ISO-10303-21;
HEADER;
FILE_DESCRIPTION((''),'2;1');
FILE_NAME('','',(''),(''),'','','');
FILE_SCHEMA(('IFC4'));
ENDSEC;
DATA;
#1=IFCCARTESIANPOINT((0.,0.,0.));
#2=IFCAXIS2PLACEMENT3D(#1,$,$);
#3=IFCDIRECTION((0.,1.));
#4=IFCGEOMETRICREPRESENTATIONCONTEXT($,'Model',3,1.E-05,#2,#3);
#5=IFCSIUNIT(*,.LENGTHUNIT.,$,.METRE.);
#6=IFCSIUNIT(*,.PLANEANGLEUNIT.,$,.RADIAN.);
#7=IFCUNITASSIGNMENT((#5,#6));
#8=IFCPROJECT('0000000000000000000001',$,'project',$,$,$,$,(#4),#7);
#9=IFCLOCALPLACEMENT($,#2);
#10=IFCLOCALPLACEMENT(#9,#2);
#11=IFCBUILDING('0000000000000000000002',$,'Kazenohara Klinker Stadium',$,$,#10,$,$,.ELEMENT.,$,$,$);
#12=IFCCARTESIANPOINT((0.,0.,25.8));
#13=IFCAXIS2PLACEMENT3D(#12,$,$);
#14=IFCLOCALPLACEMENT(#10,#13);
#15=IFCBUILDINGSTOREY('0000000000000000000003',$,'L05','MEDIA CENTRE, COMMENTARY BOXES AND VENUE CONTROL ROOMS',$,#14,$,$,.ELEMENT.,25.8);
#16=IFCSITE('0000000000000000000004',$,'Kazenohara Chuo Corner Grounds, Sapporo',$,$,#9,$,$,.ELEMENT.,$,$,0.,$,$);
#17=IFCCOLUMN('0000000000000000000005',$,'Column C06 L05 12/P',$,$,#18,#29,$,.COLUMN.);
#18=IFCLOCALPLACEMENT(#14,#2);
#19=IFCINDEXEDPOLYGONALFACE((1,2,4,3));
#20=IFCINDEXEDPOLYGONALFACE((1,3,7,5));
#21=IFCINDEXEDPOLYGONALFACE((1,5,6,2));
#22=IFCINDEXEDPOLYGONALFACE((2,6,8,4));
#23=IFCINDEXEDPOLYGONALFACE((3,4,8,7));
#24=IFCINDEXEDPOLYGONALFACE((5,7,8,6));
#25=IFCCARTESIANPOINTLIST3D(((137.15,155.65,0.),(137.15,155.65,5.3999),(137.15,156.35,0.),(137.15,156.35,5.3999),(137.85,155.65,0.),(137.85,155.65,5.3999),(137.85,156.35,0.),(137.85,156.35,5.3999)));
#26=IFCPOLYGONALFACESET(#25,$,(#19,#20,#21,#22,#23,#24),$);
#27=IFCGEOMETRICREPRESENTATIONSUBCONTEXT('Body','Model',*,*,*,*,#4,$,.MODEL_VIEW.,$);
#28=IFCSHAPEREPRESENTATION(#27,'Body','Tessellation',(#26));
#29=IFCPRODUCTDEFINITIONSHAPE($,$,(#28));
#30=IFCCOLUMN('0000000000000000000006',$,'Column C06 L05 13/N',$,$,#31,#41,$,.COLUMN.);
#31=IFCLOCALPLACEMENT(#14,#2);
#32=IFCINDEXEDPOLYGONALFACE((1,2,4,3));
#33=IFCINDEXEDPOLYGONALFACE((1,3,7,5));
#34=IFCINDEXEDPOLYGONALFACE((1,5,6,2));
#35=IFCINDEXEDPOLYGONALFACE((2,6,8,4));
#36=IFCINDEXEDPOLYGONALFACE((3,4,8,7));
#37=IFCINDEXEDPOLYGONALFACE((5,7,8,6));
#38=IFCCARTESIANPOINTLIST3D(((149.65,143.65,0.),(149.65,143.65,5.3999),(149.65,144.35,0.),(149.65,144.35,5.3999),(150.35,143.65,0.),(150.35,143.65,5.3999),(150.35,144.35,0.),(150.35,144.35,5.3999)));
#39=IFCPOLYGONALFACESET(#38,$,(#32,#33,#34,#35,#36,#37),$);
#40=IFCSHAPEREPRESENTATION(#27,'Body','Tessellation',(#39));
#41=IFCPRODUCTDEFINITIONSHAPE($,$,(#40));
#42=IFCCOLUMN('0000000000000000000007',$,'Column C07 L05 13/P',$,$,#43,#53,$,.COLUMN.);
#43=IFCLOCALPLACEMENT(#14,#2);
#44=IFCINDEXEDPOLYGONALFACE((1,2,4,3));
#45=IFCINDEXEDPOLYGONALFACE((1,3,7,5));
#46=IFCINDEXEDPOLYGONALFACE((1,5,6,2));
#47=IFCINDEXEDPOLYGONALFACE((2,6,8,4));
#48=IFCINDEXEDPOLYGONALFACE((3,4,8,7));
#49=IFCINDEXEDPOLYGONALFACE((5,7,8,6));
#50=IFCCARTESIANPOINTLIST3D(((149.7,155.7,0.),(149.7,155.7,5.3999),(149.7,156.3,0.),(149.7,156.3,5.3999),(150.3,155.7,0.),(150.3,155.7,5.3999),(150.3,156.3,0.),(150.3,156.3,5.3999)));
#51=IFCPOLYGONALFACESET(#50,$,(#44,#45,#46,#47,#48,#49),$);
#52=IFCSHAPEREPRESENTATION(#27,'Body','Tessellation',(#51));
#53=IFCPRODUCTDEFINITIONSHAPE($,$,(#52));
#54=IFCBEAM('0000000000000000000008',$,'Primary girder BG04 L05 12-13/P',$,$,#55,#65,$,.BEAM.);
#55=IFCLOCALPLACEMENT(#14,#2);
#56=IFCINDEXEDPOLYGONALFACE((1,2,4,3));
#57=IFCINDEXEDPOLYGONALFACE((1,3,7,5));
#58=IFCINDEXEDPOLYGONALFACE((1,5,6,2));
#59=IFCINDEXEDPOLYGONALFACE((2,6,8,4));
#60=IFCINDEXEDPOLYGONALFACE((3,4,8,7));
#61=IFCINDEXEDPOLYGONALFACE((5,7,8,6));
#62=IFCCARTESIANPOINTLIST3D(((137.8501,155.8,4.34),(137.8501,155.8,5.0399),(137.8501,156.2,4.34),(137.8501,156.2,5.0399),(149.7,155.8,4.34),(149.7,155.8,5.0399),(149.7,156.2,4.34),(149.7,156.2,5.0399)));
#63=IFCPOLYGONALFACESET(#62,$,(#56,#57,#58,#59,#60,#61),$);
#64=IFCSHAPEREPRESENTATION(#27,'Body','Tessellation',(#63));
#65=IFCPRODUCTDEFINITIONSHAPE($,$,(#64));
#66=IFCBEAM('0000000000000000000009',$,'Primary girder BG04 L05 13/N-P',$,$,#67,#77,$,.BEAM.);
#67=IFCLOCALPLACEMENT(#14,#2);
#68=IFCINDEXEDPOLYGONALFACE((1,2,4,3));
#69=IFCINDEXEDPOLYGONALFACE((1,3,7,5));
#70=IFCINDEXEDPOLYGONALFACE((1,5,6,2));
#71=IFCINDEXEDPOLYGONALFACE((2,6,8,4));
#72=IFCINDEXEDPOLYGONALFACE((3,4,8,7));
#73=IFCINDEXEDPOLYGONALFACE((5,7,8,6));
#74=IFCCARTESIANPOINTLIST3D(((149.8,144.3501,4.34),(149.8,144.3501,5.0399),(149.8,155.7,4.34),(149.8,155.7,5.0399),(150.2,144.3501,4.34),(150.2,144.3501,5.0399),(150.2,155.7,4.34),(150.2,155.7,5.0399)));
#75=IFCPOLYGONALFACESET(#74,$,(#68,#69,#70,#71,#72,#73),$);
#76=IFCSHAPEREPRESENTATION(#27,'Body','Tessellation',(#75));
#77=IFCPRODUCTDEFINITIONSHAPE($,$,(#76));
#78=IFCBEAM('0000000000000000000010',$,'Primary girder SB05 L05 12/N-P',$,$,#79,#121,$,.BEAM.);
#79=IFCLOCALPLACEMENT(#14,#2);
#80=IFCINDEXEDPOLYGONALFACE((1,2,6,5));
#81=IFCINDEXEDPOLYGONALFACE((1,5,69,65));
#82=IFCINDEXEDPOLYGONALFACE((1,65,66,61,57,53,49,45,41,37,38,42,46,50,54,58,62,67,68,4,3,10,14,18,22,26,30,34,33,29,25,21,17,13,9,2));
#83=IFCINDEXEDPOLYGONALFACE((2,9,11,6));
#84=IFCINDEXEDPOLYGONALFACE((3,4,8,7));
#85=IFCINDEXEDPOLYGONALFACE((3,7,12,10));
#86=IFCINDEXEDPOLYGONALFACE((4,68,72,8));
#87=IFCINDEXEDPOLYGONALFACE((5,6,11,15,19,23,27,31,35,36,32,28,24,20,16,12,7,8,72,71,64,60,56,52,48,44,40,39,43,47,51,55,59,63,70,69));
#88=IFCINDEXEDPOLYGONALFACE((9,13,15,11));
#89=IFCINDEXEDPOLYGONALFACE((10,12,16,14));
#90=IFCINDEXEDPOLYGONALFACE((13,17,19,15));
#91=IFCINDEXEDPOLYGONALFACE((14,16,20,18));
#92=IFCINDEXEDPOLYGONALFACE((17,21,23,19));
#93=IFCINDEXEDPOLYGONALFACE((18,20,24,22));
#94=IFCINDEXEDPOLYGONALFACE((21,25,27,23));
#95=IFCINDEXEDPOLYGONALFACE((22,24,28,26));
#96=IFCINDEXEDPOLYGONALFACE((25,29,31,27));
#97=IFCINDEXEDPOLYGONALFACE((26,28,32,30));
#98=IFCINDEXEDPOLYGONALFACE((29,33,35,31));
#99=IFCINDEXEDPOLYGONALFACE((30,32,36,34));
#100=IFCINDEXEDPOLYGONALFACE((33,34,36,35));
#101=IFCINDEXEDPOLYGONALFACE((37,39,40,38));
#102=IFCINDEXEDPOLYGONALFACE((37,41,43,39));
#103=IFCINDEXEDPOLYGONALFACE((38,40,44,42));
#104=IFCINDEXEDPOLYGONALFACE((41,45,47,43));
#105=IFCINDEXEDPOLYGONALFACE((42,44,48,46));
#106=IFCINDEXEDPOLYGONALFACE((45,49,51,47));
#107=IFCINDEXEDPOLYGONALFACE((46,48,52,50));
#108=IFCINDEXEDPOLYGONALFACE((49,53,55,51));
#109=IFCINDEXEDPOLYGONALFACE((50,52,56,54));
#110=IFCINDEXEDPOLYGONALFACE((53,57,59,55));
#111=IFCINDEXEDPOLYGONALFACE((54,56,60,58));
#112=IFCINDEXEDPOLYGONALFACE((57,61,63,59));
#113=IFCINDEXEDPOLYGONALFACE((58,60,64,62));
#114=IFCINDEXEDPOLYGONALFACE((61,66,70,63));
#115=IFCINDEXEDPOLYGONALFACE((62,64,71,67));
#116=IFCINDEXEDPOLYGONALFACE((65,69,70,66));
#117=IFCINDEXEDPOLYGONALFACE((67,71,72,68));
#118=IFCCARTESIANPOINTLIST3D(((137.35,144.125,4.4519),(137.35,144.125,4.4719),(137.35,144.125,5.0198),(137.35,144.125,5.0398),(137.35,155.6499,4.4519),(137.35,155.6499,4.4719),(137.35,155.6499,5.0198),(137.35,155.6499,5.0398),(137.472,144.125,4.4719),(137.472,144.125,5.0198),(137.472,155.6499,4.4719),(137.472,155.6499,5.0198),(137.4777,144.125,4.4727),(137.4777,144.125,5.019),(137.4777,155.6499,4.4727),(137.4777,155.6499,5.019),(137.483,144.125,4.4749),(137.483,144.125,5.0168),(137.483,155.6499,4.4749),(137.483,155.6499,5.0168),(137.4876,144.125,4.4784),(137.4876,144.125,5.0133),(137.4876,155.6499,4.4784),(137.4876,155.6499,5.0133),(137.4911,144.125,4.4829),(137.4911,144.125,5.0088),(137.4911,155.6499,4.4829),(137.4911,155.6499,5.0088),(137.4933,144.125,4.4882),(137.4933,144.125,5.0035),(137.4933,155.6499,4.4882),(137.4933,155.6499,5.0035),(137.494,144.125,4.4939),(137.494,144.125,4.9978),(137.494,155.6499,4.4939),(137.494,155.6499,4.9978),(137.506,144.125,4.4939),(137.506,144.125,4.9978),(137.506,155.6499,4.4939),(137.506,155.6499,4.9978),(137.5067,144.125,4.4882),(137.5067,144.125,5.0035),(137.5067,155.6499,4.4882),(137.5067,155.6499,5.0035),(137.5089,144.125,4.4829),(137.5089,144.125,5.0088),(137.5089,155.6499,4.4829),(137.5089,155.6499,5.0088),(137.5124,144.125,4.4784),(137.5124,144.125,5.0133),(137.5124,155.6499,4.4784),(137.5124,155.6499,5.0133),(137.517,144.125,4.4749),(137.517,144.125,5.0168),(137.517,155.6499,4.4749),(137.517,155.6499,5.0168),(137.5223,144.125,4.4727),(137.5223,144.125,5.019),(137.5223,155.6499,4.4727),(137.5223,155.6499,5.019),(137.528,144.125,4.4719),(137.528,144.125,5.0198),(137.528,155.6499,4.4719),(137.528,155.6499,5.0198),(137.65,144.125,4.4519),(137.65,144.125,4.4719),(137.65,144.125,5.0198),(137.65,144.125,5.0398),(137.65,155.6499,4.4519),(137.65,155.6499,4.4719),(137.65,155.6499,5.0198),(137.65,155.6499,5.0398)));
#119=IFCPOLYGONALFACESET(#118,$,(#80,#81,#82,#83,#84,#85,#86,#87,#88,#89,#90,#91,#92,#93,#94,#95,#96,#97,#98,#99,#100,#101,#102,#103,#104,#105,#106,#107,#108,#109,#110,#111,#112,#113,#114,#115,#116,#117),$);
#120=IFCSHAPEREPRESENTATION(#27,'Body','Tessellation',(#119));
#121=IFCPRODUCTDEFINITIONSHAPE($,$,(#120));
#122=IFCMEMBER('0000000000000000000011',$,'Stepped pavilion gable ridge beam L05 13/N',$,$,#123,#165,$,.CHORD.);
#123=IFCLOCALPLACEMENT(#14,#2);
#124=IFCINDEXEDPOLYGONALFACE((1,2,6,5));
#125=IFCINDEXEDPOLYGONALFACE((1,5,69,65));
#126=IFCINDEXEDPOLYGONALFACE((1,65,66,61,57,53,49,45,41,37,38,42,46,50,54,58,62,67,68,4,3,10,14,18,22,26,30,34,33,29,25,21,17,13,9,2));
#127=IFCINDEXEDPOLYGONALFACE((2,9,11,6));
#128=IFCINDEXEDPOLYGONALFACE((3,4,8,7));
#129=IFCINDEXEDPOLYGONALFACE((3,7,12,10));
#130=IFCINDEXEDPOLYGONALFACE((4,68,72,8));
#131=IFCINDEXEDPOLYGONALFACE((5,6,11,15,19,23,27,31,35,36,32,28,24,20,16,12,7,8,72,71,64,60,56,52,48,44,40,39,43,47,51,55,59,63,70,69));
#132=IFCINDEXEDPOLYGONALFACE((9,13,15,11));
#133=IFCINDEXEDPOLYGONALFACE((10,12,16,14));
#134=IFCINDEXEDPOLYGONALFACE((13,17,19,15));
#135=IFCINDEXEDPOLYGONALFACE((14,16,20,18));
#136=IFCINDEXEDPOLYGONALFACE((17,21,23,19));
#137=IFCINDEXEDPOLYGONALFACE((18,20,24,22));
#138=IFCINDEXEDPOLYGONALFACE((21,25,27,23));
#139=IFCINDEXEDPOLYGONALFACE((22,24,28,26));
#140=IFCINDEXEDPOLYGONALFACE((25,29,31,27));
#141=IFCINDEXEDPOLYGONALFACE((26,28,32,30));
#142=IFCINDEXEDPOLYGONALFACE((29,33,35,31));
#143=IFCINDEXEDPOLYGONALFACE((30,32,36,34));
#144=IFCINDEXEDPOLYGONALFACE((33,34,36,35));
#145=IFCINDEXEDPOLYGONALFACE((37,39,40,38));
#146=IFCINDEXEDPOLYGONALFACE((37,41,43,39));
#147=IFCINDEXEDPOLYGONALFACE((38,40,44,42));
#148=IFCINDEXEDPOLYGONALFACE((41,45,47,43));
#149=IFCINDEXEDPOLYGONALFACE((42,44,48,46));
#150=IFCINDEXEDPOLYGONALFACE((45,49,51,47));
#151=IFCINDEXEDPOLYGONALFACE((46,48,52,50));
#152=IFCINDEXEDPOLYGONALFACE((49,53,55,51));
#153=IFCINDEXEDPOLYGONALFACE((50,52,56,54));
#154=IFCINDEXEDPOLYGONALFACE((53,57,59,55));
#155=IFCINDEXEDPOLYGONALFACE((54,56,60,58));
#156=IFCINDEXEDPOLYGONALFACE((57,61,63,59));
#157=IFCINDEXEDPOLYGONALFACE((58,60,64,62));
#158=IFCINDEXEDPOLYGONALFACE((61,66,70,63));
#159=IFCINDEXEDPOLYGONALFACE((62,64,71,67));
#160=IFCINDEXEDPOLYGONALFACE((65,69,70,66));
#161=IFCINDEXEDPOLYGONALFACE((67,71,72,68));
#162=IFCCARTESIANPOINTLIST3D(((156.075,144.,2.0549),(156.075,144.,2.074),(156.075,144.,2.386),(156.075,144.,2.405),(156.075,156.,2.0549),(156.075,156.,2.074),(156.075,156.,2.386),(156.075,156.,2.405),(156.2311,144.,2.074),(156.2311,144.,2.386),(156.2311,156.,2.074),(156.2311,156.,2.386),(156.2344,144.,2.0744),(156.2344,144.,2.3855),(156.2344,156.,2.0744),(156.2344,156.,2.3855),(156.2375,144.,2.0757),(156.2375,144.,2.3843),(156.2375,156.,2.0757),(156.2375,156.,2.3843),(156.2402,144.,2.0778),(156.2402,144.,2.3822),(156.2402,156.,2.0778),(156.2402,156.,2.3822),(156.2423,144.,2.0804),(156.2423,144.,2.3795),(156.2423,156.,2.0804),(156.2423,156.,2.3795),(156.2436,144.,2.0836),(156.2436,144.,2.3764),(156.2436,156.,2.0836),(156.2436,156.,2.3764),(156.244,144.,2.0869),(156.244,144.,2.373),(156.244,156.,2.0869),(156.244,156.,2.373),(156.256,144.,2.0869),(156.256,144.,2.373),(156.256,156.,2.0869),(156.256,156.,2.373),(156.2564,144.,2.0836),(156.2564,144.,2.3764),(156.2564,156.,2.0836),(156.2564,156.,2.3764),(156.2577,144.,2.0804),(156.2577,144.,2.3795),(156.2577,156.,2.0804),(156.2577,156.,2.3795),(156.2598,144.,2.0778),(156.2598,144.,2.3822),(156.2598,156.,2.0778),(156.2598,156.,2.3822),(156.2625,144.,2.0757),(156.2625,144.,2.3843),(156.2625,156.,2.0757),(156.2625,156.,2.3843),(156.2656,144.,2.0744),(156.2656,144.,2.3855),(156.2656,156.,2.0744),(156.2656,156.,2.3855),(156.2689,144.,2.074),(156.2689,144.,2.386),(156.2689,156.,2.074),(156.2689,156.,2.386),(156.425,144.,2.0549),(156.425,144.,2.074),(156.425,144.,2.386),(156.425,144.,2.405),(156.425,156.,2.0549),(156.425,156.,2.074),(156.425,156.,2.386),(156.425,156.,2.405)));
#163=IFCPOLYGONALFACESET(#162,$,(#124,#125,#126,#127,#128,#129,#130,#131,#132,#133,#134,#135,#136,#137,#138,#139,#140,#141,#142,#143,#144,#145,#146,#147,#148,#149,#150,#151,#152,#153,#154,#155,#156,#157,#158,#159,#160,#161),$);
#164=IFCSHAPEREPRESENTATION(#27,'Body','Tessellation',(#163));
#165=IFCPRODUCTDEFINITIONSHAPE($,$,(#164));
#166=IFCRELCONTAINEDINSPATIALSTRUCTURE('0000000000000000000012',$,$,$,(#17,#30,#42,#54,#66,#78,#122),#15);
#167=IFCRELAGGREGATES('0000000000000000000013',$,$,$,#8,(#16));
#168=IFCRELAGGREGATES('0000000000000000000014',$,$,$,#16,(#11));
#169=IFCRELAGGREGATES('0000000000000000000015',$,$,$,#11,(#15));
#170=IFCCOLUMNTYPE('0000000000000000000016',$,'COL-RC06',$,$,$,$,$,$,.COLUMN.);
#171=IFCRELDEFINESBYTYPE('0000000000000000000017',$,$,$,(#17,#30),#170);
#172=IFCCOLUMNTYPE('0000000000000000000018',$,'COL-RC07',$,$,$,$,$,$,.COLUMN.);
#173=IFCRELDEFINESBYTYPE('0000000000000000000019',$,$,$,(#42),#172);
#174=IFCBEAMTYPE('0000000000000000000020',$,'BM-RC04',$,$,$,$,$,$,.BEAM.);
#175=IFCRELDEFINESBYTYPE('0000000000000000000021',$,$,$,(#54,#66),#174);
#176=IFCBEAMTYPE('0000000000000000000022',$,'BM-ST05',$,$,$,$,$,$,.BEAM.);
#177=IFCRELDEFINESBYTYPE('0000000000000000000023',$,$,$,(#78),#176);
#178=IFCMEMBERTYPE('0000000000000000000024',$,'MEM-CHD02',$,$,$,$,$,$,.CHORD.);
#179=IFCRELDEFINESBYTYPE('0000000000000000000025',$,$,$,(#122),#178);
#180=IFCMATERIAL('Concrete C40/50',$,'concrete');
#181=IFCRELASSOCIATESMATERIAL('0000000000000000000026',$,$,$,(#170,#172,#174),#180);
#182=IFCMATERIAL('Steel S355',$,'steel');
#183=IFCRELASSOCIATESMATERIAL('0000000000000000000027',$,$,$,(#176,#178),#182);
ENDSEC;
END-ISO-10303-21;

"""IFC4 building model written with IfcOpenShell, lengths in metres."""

from ifc_helpers import new_model, si_unit, direction, frame, origin, origin_2d, place, context, subcontext, project, spatial, rectangle, i_section, extrude, material, material_profile, profile_set, type_object, element, save


model = new_model("IFC4")

# Units and contexts
model_context = context("Model", 3, precision=1e-05, world=origin(), true_north=direction((0.0, 1.0)))
body_context = subcontext(model_context, "Body", "Model", "MODEL_VIEW")
ifc_project = project(units=[si_unit("LENGTHUNIT", "METRE"), si_unit("PLANEANGLEUNIT", "RADIAN")], contexts=[model_context])

# Site, building, storey
site_placement = place(None, origin())
site = spatial("IfcSite", under=ifc_project, at=site_placement, Name="Kazenohara Chuo Corner Grounds, Sapporo", CompositionType="ELEMENT", RefElevation=0.0)
building_placement = place(site_placement, origin())
building = spatial("IfcBuilding", under=site, at=building_placement, Name="Kazenohara Klinker Stadium", CompositionType="ELEMENT")
storey_placement = place(building_placement, frame((0.0, 0.0, 25.8)))
storey = spatial("IfcBuildingStorey", under=building, at=storey_placement, Name="L05", Description="MEDIA CENTRE, COMMENTARY BOXES AND VENUE CONTROL ROOMS", CompositionType="ELEMENT", Elevation=25.8)

# Columns
ifc_material_1 = material(Name="Concrete C40/50", Category="concrete")
ifc_material_profile_1 = material_profile(ifc_material_1, rectangle(XDim=0.7, YDim=0.7, at=origin_2d()), Name="RC-COL-700x700")
ifc_profile_set_1 = profile_set([ifc_material_profile_1], Name="Concrete C40/50")
column_type_1 = type_object("IfcColumnType", Name="COL-RC06", PredefinedType="COLUMN", material=ifc_profile_set_1)
for number, where, z_axis, x_axis, name in (
    (1, (137.5, 156.0, 0.0), (0.0, 0.0, 1.0), (1.0, 0.0, 0.0), "Column C06 L05 12/P"),
    (2, (150.0, 144.0, 0.0), (0.0, 0.0, 1.0), (1.0, 0.0, 0.0), "Column C06 L05 13/N"),
):
    element("IfcColumn", number, at=place(storey_placement, frame(where, z_axis=z_axis, x_axis=x_axis)), inside=storey, type_object=column_type_1, Name=name, PredefinedType="COLUMN", context=body_context, shape_type="SweptSolid", body=[
        extrude(rectangle(XDim=0.7, YDim=0.7, at=origin_2d()), origin(), (0.0, 0.0, 1.0), 5.3999),
    ])
ifc_material_profile_2 = material_profile(ifc_material_1, rectangle(XDim=0.6001, YDim=0.6001, at=origin_2d()), Name="RC-COL-600x600")
ifc_profile_set_2 = profile_set([ifc_material_profile_2], Name="Concrete C40/50")
column_type_2 = type_object("IfcColumnType", Name="COL-RC07", PredefinedType="COLUMN", material=ifc_profile_set_2)
column_placement = place(storey_placement, frame((150.0, 156.0, 0.0), z_axis=(0.0, 0.0, 1.0), x_axis=(1.0, 0.0, 0.0)))
element("IfcColumn", 3, at=column_placement, inside=storey, type_object=column_type_2, Name="Column C07 L05 13/P", PredefinedType="COLUMN", context=body_context, shape_type="SweptSolid", body=[
    extrude(rectangle(XDim=0.6001, YDim=0.6001, at=origin_2d()), origin(), (0.0, 0.0, 1.0), 5.3999),
])

# Beams
ifc_material_profile_3 = material_profile(ifc_material_1, rectangle(XDim=0.3999, YDim=0.7, at=origin_2d()), Name="RC-BM-400x700")
ifc_profile_set_3 = profile_set([ifc_material_profile_3], Name="Concrete C40/50")
beam_type_1 = type_object("IfcBeamType", Name="BM-RC04", PredefinedType="BEAM", material=ifc_profile_set_3)
beam_1_placement = place(storey_placement, frame((137.8501, 156.0, 4.6899), z_axis=(1.0, 0.0, 0.0), x_axis=(0.0, 1.0, 0.0)))
element("IfcBeam", 4, at=beam_1_placement, inside=storey, type_object=beam_type_1, Name="Primary girder BG04 L05 12-13/P", PredefinedType="BEAM", context=body_context, shape_type="SweptSolid", body=[
    extrude(rectangle(XDim=0.3999, YDim=0.7, at=origin_2d()), origin(), (0.0, 0.0, 1.0), 11.8499),
])
beam_2_placement = place(storey_placement, frame((150.0, 144.3501, 4.6899), z_axis=(0.0, 1.0, 0.0), x_axis=(-1.0, 0.0, 0.0)))
element("IfcBeam", 5, at=beam_2_placement, inside=storey, type_object=beam_type_1, Name="Primary girder BG04 L05 13/N-P", PredefinedType="BEAM", context=body_context, shape_type="SweptSolid", body=[
    extrude(rectangle(XDim=0.3999, YDim=0.7, at=origin_2d()), origin(), (0.0, 0.0, 1.0), 11.3499),
])
ifc_material_2 = material(Name="Steel S355", Category="steel")
ifc_material_profile_4 = material_profile(ifc_material_2, i_section(OverallWidth=0.3, OverallDepth=0.5879, WebThickness=0.012, FlangeThickness=0.02, FilletRadius=0.022, at=origin_2d()), Name="H-588x300x12x20")
ifc_profile_set_4 = profile_set([ifc_material_profile_4], Name="Steel S355")
beam_type_2 = type_object("IfcBeamType", Name="BM-ST05", PredefinedType="BEAM", material=ifc_profile_set_4)
beam_3_placement = place(storey_placement, frame((137.5, 144.125, 4.7458), z_axis=(0.0, 1.0, 0.0), x_axis=(-1.0, 0.0, 0.0)))
element("IfcBeam", 6, at=beam_3_placement, inside=storey, type_object=beam_type_2, Name="Primary girder SB05 L05 12/N-P", PredefinedType="BEAM", context=body_context, shape_type="SweptSolid", body=[
    extrude(i_section(OverallWidth=0.3, OverallDepth=0.5879, WebThickness=0.012, FlangeThickness=0.02, FilletRadius=0.022, at=origin_2d()), origin(), (0.0, 0.0, 1.0), 11.5249),
])

# Member
ifc_material_profile_5 = material_profile(ifc_material_2, i_section(OverallWidth=0.3501, OverallDepth=0.3501, WebThickness=0.012, FlangeThickness=0.019, FilletRadius=0.0129, at=origin_2d()), Name="H-350x350x12x19")
ifc_profile_set_5 = profile_set([ifc_material_profile_5], Name="Steel S355")
member_type_1 = type_object("IfcMemberType", Name="MEM-CHD02", PredefinedType="CHORD", material=ifc_profile_set_5)
for number, where, z_axis, x_axis, name in (
    (7, (156.25, 144.0, 2.23), (0.0, 1.0, 0.0), (-1.0, 0.0, 0.0), "Stepped pavilion gable ridge beam L05 13/N"),
):
    element("IfcMember", number, at=place(storey_placement, frame(where, z_axis=z_axis, x_axis=x_axis)), inside=storey, type_object=member_type_1, Name=name, PredefinedType="CHORD", context=body_context, shape_type="SweptSolid", body=[
        extrude(i_section(OverallWidth=0.3501, OverallDepth=0.3501, WebThickness=0.012, FlangeThickness=0.019, FilletRadius=0.0129, at=origin_2d()), origin(), (0.0, 0.0, 1.0), 12.0),
    ])

save(model, "model.ifc")
